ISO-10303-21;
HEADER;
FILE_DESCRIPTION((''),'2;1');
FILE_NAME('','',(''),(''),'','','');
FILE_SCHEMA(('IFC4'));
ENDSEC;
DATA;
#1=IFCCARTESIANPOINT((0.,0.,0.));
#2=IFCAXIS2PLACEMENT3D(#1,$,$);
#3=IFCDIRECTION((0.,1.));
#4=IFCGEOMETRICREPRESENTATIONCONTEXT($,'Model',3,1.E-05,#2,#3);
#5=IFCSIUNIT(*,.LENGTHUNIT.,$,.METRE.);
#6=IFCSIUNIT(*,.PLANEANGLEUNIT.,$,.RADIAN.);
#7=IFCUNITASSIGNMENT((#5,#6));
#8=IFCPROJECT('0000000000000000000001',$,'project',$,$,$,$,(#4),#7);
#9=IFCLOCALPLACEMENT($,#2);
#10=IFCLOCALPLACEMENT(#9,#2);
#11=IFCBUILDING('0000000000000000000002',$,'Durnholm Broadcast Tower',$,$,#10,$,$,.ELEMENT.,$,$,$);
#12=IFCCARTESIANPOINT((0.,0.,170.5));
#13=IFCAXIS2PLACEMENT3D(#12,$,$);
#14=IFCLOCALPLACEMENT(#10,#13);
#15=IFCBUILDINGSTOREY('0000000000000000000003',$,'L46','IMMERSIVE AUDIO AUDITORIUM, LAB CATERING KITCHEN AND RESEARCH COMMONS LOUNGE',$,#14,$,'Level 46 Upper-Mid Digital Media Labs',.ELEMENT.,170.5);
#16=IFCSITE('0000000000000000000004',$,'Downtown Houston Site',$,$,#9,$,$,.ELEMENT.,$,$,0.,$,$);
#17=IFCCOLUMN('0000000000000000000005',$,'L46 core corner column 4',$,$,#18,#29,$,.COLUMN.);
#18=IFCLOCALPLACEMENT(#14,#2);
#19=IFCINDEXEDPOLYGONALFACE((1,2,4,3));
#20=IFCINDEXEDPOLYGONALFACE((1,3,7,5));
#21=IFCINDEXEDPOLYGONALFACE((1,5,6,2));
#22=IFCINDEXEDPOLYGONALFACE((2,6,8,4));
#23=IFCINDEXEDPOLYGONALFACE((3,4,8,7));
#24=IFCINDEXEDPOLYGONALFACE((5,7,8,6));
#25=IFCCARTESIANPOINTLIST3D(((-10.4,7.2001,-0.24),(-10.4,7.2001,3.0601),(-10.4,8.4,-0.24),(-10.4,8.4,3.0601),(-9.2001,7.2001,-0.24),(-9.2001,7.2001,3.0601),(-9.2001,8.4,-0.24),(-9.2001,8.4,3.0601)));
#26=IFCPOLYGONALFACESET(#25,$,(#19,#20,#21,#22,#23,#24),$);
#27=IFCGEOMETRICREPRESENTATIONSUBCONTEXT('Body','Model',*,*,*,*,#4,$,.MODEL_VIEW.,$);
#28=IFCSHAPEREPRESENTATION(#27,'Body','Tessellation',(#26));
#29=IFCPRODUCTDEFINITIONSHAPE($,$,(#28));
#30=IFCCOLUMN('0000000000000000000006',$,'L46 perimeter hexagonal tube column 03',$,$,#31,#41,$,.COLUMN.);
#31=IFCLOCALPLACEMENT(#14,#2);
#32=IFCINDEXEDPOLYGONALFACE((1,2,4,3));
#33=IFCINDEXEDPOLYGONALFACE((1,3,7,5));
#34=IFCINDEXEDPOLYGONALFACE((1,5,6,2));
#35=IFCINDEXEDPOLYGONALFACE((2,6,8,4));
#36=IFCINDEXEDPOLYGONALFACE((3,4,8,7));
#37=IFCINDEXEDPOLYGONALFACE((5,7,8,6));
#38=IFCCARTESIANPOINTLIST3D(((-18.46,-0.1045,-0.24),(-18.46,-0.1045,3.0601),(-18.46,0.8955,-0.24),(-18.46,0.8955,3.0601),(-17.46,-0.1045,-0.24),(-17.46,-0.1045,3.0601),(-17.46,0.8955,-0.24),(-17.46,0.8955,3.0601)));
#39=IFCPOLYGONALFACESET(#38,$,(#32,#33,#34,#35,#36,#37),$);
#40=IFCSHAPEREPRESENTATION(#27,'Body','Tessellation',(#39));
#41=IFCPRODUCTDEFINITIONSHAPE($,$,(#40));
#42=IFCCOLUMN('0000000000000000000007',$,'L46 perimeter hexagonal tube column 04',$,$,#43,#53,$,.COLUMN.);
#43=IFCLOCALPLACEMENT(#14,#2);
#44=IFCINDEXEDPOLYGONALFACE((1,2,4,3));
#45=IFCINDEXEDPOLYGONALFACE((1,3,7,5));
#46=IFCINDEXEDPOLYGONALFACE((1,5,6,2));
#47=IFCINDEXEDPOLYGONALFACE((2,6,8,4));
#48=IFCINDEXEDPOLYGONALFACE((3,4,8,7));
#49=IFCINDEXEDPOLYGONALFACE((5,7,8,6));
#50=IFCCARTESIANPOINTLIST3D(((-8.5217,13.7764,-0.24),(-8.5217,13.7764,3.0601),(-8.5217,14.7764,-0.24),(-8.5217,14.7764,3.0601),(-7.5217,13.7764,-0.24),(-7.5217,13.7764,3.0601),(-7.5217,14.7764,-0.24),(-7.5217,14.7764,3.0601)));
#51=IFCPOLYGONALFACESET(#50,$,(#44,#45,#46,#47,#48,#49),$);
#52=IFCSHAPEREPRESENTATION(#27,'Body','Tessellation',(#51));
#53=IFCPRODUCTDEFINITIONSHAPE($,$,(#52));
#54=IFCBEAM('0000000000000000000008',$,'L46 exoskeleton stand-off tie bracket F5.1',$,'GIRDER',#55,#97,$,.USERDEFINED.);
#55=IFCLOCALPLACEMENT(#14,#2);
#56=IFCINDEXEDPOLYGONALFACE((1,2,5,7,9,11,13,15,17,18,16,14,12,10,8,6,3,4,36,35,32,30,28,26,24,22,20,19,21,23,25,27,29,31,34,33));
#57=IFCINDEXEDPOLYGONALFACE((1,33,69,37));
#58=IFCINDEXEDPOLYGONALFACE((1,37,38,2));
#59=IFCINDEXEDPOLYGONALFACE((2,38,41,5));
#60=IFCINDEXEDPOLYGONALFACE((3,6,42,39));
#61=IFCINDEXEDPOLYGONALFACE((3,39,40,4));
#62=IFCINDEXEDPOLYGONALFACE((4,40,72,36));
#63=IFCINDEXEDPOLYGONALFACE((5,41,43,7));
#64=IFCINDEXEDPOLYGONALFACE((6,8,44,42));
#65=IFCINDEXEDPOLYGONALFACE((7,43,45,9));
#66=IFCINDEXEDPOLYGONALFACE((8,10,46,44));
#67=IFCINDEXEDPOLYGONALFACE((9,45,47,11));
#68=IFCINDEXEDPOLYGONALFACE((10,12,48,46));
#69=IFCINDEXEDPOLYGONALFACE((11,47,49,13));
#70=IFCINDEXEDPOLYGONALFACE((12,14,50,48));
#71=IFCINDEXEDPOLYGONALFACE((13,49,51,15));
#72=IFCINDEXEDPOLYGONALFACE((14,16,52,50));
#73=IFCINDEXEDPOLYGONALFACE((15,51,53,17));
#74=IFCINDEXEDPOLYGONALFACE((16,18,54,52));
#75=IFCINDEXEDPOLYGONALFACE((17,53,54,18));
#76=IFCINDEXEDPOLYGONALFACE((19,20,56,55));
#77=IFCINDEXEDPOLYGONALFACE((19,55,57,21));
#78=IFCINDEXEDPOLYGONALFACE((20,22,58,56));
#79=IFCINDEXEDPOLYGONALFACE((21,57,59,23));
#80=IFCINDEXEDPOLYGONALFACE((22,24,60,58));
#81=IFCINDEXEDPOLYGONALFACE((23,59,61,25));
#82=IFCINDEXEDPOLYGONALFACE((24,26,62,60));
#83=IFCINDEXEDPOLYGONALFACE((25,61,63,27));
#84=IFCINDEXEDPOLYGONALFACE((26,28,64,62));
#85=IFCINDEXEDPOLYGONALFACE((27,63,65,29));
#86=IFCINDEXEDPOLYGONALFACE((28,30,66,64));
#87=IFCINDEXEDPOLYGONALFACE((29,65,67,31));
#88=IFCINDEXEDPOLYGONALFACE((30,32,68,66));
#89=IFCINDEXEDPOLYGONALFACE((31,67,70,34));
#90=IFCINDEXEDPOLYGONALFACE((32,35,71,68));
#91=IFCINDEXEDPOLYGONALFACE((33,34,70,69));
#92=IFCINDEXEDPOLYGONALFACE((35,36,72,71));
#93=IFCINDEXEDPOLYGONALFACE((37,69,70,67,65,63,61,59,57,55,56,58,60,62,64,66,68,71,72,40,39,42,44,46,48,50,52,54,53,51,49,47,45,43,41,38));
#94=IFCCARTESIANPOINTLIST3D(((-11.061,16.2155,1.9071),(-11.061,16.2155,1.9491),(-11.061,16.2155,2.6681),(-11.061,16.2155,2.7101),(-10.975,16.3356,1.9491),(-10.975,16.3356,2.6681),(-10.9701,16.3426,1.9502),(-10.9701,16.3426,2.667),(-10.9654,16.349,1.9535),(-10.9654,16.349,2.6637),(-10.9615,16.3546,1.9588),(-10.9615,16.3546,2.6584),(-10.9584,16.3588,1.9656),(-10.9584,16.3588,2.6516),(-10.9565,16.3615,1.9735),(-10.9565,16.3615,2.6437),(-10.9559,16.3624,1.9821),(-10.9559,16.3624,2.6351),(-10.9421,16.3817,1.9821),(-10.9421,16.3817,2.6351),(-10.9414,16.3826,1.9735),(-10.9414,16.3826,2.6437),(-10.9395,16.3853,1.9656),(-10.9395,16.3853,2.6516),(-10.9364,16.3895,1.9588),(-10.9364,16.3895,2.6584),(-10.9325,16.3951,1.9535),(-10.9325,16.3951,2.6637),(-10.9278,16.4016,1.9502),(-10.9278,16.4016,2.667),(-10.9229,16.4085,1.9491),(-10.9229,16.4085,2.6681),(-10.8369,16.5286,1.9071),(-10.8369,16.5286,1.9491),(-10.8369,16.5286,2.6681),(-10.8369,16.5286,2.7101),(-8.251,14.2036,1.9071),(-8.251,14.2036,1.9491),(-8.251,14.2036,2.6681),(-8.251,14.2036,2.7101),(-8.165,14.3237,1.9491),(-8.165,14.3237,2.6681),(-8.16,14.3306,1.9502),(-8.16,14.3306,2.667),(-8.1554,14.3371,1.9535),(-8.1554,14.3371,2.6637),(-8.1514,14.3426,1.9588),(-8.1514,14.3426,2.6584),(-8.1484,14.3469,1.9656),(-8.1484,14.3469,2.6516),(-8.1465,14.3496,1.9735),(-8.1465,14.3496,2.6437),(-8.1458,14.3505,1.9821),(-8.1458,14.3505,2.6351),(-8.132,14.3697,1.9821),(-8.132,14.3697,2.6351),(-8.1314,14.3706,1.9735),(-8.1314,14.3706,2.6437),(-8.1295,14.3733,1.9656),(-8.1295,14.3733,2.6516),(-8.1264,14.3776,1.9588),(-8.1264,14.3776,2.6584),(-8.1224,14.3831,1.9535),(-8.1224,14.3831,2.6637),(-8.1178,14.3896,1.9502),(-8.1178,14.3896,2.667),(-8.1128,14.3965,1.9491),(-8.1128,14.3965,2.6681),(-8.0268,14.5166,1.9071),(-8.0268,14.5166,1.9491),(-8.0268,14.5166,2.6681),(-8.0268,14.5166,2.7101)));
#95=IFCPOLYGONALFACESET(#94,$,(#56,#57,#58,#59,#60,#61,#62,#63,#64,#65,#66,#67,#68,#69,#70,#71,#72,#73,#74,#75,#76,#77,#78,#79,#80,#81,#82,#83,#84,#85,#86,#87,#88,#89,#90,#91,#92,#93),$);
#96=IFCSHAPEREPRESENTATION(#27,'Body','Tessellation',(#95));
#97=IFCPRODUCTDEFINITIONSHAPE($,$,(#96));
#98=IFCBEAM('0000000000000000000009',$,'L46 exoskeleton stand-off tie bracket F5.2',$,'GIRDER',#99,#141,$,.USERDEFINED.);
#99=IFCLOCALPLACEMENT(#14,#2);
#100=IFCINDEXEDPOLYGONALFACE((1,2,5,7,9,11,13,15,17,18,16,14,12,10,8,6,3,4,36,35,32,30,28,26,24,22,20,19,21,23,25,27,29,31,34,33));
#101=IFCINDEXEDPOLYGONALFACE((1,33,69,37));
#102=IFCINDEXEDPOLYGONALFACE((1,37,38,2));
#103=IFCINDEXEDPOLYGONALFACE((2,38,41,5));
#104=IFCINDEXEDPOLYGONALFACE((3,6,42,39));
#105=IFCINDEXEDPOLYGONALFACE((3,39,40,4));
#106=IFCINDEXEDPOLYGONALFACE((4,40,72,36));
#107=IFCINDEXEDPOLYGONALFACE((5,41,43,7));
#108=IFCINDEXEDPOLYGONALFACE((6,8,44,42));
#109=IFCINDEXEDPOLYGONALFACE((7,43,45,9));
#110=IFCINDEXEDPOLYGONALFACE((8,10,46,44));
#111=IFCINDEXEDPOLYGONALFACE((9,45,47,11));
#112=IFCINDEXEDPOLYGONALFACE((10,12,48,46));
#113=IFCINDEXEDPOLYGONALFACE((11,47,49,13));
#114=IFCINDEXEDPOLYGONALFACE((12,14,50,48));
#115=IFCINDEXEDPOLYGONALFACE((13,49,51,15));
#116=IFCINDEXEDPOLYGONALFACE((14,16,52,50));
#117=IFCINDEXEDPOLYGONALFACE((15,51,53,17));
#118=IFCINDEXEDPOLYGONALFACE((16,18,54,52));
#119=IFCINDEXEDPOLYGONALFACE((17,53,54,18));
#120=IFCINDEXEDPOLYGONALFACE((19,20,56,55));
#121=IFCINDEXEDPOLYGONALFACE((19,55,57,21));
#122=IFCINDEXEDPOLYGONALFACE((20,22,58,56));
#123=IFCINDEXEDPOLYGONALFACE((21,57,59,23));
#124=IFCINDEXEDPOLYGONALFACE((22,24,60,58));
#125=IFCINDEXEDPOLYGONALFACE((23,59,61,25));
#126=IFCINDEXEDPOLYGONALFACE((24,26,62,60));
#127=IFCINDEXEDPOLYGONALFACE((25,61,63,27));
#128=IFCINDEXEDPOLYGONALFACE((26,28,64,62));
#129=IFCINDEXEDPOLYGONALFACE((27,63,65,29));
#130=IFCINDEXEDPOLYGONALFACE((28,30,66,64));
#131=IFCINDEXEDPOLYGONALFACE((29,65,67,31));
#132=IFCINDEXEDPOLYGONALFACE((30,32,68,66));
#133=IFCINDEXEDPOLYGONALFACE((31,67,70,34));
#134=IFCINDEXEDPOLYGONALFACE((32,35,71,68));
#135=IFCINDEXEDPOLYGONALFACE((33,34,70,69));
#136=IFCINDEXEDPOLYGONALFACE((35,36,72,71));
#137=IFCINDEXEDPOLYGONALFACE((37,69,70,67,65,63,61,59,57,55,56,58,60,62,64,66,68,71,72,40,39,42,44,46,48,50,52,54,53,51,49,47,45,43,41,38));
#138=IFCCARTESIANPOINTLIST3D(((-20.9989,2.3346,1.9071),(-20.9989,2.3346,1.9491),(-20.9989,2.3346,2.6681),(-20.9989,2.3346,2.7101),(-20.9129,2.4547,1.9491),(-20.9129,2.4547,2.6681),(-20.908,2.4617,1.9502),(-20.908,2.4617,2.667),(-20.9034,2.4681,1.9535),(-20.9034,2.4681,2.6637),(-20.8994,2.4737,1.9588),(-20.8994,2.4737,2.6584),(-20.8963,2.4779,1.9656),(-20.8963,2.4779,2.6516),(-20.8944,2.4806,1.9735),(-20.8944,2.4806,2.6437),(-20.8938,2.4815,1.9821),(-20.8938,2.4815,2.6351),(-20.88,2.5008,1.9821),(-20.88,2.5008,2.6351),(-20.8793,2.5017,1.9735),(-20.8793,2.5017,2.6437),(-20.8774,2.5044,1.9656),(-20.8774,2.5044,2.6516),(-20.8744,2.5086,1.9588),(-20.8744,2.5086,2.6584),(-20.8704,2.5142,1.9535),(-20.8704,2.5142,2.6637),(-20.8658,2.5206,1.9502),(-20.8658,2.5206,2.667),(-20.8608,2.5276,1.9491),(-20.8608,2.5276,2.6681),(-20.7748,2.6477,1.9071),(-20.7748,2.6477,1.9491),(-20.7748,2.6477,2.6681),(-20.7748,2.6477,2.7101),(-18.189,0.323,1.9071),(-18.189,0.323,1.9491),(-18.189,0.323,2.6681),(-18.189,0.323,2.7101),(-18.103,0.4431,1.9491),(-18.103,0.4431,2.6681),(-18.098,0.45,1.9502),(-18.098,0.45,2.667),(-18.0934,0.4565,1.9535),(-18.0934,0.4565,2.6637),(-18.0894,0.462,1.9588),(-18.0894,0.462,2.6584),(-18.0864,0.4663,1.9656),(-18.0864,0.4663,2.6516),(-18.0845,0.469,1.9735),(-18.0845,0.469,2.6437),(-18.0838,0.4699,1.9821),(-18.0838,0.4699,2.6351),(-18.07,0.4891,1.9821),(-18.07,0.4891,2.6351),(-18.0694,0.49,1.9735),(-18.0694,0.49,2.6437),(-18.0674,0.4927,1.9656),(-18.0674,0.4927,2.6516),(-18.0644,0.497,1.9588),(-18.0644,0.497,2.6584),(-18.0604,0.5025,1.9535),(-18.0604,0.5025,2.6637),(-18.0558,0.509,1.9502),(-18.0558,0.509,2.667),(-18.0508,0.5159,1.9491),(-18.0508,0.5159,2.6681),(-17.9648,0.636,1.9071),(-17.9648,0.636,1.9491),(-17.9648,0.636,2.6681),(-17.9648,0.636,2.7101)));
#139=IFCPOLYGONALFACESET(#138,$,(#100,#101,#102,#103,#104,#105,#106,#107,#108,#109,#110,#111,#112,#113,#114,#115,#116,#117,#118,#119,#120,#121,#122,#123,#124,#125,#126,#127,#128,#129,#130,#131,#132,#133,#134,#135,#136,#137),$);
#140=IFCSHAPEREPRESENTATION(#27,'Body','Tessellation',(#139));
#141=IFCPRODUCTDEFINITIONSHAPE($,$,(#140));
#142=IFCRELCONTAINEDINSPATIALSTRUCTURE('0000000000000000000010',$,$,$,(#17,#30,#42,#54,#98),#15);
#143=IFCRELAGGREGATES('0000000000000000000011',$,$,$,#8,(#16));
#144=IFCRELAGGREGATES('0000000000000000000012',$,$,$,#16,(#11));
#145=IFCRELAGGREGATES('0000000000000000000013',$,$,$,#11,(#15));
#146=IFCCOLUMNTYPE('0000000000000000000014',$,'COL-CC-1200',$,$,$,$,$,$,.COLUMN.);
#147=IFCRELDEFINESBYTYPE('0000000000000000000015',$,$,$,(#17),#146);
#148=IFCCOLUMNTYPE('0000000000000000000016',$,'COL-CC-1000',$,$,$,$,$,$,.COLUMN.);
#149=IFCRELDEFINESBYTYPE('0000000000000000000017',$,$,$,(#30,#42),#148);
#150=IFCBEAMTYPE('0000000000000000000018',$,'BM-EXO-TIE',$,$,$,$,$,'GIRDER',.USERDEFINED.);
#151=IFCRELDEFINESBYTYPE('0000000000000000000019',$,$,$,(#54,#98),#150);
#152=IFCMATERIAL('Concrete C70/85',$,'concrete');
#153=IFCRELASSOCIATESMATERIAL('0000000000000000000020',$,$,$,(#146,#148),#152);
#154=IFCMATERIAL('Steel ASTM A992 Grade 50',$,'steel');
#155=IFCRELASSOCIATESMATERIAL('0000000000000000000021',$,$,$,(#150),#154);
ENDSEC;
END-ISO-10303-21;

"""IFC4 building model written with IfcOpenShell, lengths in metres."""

from ifc_helpers import new_model, si_unit, direction, frame, origin, origin_2d, place, context, subcontext, project, spatial, rectangle, i_section, extrude, source, transform, mapped, material, material_profile, profile_set, type_object, type_shapes, element, save


model = new_model("IFC4")

# Units and contexts
model_context = context("Model", 3, precision=1e-05, world=origin(), true_north=direction((0.0, 1.0)))
body_context = subcontext(model_context, "Body", "Model", "MODEL_VIEW")
ifc_project = project(units=[si_unit("LENGTHUNIT", "METRE"), si_unit("PLANEANGLEUNIT", "RADIAN")], contexts=[model_context])

# Site, building, storey
site_placement = place(None, origin())
site = spatial("IfcSite", under=ifc_project, at=site_placement, Name="Downtown Houston Site", CompositionType="ELEMENT", RefElevation=0.0)
building_placement = place(site_placement, origin())
building = spatial("IfcBuilding", under=site, at=building_placement, Name="Durnholm Broadcast Tower", CompositionType="ELEMENT")
storey_placement = place(building_placement, frame((0.0, 0.0, 170.5)))
storey = spatial("IfcBuildingStorey", under=building, at=storey_placement, Name="L46", Description="IMMERSIVE AUDIO AUDITORIUM, LAB CATERING KITCHEN AND RESEARCH COMMONS LOUNGE", LongName="Level 46 Upper-Mid Digital Media Labs", CompositionType="ELEMENT", Elevation=170.5)

# Columns
ifc_material_1 = material(Name="Concrete C70/85", Category="concrete")
ifc_material_profile_1 = material_profile(ifc_material_1, rectangle(XDim=1.2, YDim=1.2, at=origin_2d()), Name="RC1200X1200")
ifc_profile_set_1 = profile_set([ifc_material_profile_1], Name="Concrete C70/85")
column_type_1 = type_object("IfcColumnType", Name="COL-CC-1200", PredefinedType="COLUMN", material=ifc_profile_set_1)
shared_shape_1 = source(origin(), body_context, "Body", "SweptSolid", [
    extrude(rectangle(XDim=1.2, YDim=1.2, at=origin_2d()), origin(), (0.0, 0.0, 1.0), 3.3),
])
type_shapes(column_type_1, [shared_shape_1])
column_placement = place(storey_placement, frame((-9.8, 7.8, -0.24), z_axis=(0.0, 0.0, 1.0), x_axis=(1.0, 0.0, 0.0)))
element("IfcColumn", 1, at=column_placement, inside=storey, type_object=column_type_1, Name="L46 core corner column 4", PredefinedType="COLUMN", context=body_context, shape_type="MappedRepresentation", body=[
    mapped(shared_shape_1, transform((0.0, 0.0, 0.0), x_axis=(1.0, 0.0, 0.0), y_axis=(0.0, 1.0, 0.0), z_axis=(0.0, 0.0, 1.0), scale=1.0)),
])
ifc_material_profile_2 = material_profile(ifc_material_1, rectangle(XDim=1.0, YDim=1.0, at=origin_2d()), Name="RC1000X1000")
ifc_profile_set_2 = profile_set([ifc_material_profile_2], Name="Concrete C70/85")
column_type_2 = type_object("IfcColumnType", Name="COL-CC-1000", PredefinedType="COLUMN", material=ifc_profile_set_2)
shared_shape_2 = source(origin(), body_context, "Body", "SweptSolid", [
    extrude(rectangle(XDim=1.0, YDim=1.0, at=origin_2d()), origin(), (0.0, 0.0, 1.0), 3.3),
])
type_shapes(column_type_2, [shared_shape_2])
for number, where, z_axis, x_axis, name in (
    (2, (-17.96, 0.3955, -0.24), (0.0, 0.0, 1.0), (1.0, 0.0, 0.0), "L46 perimeter hexagonal tube column 03"),
    (3, (-8.0217, 14.2764, -0.24), (0.0, 0.0, 1.0), (1.0, 0.0, 0.0), "L46 perimeter hexagonal tube column 04"),
):
    element("IfcColumn", number, at=place(storey_placement, frame(where, z_axis=z_axis, x_axis=x_axis)), inside=storey, type_object=column_type_2, Name=name, PredefinedType="COLUMN", context=body_context, shape_type="MappedRepresentation", body=[
        mapped(shared_shape_2, transform((0.0, 0.0, 0.0), x_axis=(1.0, 0.0, 0.0), y_axis=(0.0, 1.0, 0.0), z_axis=(0.0, 0.0, 1.0), scale=1.0)),
    ])

# Beams
ifc_material_2 = material(Name="Steel ASTM A992 Grade 50", Category="steel")
ifc_material_profile_3 = material_profile(ifc_material_2, i_section(OverallWidth=0.385, OverallDepth=0.803, WebThickness=0.0237, FlangeThickness=0.042, FilletRadius=0.033, at=origin_2d()), Name="W30X261")
ifc_profile_set_3 = profile_set([ifc_material_profile_3], Name="Steel ASTM A992 Grade 50")
beam_type_1 = type_object("IfcBeamType", Name="BM-EXO-TIE", ElementType="GIRDER", PredefinedType="USERDEFINED", material=ifc_profile_set_3)
shared_shape_3 = source(origin(), body_context, "Body", "SweptSolid", [
    extrude(i_section(OverallWidth=0.385, OverallDepth=0.803, WebThickness=0.0237, FlangeThickness=0.042, FilletRadius=0.033, at=origin_2d()), origin(), (0.0, 0.0, 1.0), 3.4561),
])
beam_1_placement = place(storey_placement, frame((-8.1389, 14.3601, 2.3086), z_axis=(-0.813079, 0.582153, 0.0), x_axis=(-0.582153, -0.813079, 0.0)))
element("IfcBeam", 4, at=beam_1_placement, inside=storey, type_object=beam_type_1, Name="L46 exoskeleton stand-off tie bracket F5.1", ObjectType="GIRDER", PredefinedType="USERDEFINED", context=body_context, shape_type="MappedRepresentation", body=[
    mapped(shared_shape_3, transform((0.0, 0.0, 0.0), x_axis=(1.0, 0.0, 0.0), y_axis=(0.0, 1.0, 0.0), z_axis=(0.0, 0.0, 1.0), scale=1.0)),
])
shared_shape_4 = source(origin(), body_context, "Body", "SweptSolid", [
    extrude(i_section(OverallWidth=0.385, OverallDepth=0.803, WebThickness=0.0237, FlangeThickness=0.042, FilletRadius=0.033, at=origin_2d()), origin(), (0.0, 0.0, 1.0), 3.4558),
])
beam_2_placement = place(storey_placement, frame((-18.0769, 0.4795, 2.3086), z_axis=(-0.813112, 0.582107, 0.0), x_axis=(-0.582107, -0.813112, 0.0)))
element("IfcBeam", 5, at=beam_2_placement, inside=storey, type_object=beam_type_1, Name="L46 exoskeleton stand-off tie bracket F5.2", ObjectType="GIRDER", PredefinedType="USERDEFINED", context=body_context, shape_type="MappedRepresentation", body=[
    mapped(shared_shape_4, transform((0.0, 0.0, 0.0), x_axis=(1.0, 0.0, 0.0), y_axis=(0.0, 1.0, 0.0), z_axis=(0.0, 0.0, 1.0), scale=1.0)),
])

save(model, "model.ifc")
